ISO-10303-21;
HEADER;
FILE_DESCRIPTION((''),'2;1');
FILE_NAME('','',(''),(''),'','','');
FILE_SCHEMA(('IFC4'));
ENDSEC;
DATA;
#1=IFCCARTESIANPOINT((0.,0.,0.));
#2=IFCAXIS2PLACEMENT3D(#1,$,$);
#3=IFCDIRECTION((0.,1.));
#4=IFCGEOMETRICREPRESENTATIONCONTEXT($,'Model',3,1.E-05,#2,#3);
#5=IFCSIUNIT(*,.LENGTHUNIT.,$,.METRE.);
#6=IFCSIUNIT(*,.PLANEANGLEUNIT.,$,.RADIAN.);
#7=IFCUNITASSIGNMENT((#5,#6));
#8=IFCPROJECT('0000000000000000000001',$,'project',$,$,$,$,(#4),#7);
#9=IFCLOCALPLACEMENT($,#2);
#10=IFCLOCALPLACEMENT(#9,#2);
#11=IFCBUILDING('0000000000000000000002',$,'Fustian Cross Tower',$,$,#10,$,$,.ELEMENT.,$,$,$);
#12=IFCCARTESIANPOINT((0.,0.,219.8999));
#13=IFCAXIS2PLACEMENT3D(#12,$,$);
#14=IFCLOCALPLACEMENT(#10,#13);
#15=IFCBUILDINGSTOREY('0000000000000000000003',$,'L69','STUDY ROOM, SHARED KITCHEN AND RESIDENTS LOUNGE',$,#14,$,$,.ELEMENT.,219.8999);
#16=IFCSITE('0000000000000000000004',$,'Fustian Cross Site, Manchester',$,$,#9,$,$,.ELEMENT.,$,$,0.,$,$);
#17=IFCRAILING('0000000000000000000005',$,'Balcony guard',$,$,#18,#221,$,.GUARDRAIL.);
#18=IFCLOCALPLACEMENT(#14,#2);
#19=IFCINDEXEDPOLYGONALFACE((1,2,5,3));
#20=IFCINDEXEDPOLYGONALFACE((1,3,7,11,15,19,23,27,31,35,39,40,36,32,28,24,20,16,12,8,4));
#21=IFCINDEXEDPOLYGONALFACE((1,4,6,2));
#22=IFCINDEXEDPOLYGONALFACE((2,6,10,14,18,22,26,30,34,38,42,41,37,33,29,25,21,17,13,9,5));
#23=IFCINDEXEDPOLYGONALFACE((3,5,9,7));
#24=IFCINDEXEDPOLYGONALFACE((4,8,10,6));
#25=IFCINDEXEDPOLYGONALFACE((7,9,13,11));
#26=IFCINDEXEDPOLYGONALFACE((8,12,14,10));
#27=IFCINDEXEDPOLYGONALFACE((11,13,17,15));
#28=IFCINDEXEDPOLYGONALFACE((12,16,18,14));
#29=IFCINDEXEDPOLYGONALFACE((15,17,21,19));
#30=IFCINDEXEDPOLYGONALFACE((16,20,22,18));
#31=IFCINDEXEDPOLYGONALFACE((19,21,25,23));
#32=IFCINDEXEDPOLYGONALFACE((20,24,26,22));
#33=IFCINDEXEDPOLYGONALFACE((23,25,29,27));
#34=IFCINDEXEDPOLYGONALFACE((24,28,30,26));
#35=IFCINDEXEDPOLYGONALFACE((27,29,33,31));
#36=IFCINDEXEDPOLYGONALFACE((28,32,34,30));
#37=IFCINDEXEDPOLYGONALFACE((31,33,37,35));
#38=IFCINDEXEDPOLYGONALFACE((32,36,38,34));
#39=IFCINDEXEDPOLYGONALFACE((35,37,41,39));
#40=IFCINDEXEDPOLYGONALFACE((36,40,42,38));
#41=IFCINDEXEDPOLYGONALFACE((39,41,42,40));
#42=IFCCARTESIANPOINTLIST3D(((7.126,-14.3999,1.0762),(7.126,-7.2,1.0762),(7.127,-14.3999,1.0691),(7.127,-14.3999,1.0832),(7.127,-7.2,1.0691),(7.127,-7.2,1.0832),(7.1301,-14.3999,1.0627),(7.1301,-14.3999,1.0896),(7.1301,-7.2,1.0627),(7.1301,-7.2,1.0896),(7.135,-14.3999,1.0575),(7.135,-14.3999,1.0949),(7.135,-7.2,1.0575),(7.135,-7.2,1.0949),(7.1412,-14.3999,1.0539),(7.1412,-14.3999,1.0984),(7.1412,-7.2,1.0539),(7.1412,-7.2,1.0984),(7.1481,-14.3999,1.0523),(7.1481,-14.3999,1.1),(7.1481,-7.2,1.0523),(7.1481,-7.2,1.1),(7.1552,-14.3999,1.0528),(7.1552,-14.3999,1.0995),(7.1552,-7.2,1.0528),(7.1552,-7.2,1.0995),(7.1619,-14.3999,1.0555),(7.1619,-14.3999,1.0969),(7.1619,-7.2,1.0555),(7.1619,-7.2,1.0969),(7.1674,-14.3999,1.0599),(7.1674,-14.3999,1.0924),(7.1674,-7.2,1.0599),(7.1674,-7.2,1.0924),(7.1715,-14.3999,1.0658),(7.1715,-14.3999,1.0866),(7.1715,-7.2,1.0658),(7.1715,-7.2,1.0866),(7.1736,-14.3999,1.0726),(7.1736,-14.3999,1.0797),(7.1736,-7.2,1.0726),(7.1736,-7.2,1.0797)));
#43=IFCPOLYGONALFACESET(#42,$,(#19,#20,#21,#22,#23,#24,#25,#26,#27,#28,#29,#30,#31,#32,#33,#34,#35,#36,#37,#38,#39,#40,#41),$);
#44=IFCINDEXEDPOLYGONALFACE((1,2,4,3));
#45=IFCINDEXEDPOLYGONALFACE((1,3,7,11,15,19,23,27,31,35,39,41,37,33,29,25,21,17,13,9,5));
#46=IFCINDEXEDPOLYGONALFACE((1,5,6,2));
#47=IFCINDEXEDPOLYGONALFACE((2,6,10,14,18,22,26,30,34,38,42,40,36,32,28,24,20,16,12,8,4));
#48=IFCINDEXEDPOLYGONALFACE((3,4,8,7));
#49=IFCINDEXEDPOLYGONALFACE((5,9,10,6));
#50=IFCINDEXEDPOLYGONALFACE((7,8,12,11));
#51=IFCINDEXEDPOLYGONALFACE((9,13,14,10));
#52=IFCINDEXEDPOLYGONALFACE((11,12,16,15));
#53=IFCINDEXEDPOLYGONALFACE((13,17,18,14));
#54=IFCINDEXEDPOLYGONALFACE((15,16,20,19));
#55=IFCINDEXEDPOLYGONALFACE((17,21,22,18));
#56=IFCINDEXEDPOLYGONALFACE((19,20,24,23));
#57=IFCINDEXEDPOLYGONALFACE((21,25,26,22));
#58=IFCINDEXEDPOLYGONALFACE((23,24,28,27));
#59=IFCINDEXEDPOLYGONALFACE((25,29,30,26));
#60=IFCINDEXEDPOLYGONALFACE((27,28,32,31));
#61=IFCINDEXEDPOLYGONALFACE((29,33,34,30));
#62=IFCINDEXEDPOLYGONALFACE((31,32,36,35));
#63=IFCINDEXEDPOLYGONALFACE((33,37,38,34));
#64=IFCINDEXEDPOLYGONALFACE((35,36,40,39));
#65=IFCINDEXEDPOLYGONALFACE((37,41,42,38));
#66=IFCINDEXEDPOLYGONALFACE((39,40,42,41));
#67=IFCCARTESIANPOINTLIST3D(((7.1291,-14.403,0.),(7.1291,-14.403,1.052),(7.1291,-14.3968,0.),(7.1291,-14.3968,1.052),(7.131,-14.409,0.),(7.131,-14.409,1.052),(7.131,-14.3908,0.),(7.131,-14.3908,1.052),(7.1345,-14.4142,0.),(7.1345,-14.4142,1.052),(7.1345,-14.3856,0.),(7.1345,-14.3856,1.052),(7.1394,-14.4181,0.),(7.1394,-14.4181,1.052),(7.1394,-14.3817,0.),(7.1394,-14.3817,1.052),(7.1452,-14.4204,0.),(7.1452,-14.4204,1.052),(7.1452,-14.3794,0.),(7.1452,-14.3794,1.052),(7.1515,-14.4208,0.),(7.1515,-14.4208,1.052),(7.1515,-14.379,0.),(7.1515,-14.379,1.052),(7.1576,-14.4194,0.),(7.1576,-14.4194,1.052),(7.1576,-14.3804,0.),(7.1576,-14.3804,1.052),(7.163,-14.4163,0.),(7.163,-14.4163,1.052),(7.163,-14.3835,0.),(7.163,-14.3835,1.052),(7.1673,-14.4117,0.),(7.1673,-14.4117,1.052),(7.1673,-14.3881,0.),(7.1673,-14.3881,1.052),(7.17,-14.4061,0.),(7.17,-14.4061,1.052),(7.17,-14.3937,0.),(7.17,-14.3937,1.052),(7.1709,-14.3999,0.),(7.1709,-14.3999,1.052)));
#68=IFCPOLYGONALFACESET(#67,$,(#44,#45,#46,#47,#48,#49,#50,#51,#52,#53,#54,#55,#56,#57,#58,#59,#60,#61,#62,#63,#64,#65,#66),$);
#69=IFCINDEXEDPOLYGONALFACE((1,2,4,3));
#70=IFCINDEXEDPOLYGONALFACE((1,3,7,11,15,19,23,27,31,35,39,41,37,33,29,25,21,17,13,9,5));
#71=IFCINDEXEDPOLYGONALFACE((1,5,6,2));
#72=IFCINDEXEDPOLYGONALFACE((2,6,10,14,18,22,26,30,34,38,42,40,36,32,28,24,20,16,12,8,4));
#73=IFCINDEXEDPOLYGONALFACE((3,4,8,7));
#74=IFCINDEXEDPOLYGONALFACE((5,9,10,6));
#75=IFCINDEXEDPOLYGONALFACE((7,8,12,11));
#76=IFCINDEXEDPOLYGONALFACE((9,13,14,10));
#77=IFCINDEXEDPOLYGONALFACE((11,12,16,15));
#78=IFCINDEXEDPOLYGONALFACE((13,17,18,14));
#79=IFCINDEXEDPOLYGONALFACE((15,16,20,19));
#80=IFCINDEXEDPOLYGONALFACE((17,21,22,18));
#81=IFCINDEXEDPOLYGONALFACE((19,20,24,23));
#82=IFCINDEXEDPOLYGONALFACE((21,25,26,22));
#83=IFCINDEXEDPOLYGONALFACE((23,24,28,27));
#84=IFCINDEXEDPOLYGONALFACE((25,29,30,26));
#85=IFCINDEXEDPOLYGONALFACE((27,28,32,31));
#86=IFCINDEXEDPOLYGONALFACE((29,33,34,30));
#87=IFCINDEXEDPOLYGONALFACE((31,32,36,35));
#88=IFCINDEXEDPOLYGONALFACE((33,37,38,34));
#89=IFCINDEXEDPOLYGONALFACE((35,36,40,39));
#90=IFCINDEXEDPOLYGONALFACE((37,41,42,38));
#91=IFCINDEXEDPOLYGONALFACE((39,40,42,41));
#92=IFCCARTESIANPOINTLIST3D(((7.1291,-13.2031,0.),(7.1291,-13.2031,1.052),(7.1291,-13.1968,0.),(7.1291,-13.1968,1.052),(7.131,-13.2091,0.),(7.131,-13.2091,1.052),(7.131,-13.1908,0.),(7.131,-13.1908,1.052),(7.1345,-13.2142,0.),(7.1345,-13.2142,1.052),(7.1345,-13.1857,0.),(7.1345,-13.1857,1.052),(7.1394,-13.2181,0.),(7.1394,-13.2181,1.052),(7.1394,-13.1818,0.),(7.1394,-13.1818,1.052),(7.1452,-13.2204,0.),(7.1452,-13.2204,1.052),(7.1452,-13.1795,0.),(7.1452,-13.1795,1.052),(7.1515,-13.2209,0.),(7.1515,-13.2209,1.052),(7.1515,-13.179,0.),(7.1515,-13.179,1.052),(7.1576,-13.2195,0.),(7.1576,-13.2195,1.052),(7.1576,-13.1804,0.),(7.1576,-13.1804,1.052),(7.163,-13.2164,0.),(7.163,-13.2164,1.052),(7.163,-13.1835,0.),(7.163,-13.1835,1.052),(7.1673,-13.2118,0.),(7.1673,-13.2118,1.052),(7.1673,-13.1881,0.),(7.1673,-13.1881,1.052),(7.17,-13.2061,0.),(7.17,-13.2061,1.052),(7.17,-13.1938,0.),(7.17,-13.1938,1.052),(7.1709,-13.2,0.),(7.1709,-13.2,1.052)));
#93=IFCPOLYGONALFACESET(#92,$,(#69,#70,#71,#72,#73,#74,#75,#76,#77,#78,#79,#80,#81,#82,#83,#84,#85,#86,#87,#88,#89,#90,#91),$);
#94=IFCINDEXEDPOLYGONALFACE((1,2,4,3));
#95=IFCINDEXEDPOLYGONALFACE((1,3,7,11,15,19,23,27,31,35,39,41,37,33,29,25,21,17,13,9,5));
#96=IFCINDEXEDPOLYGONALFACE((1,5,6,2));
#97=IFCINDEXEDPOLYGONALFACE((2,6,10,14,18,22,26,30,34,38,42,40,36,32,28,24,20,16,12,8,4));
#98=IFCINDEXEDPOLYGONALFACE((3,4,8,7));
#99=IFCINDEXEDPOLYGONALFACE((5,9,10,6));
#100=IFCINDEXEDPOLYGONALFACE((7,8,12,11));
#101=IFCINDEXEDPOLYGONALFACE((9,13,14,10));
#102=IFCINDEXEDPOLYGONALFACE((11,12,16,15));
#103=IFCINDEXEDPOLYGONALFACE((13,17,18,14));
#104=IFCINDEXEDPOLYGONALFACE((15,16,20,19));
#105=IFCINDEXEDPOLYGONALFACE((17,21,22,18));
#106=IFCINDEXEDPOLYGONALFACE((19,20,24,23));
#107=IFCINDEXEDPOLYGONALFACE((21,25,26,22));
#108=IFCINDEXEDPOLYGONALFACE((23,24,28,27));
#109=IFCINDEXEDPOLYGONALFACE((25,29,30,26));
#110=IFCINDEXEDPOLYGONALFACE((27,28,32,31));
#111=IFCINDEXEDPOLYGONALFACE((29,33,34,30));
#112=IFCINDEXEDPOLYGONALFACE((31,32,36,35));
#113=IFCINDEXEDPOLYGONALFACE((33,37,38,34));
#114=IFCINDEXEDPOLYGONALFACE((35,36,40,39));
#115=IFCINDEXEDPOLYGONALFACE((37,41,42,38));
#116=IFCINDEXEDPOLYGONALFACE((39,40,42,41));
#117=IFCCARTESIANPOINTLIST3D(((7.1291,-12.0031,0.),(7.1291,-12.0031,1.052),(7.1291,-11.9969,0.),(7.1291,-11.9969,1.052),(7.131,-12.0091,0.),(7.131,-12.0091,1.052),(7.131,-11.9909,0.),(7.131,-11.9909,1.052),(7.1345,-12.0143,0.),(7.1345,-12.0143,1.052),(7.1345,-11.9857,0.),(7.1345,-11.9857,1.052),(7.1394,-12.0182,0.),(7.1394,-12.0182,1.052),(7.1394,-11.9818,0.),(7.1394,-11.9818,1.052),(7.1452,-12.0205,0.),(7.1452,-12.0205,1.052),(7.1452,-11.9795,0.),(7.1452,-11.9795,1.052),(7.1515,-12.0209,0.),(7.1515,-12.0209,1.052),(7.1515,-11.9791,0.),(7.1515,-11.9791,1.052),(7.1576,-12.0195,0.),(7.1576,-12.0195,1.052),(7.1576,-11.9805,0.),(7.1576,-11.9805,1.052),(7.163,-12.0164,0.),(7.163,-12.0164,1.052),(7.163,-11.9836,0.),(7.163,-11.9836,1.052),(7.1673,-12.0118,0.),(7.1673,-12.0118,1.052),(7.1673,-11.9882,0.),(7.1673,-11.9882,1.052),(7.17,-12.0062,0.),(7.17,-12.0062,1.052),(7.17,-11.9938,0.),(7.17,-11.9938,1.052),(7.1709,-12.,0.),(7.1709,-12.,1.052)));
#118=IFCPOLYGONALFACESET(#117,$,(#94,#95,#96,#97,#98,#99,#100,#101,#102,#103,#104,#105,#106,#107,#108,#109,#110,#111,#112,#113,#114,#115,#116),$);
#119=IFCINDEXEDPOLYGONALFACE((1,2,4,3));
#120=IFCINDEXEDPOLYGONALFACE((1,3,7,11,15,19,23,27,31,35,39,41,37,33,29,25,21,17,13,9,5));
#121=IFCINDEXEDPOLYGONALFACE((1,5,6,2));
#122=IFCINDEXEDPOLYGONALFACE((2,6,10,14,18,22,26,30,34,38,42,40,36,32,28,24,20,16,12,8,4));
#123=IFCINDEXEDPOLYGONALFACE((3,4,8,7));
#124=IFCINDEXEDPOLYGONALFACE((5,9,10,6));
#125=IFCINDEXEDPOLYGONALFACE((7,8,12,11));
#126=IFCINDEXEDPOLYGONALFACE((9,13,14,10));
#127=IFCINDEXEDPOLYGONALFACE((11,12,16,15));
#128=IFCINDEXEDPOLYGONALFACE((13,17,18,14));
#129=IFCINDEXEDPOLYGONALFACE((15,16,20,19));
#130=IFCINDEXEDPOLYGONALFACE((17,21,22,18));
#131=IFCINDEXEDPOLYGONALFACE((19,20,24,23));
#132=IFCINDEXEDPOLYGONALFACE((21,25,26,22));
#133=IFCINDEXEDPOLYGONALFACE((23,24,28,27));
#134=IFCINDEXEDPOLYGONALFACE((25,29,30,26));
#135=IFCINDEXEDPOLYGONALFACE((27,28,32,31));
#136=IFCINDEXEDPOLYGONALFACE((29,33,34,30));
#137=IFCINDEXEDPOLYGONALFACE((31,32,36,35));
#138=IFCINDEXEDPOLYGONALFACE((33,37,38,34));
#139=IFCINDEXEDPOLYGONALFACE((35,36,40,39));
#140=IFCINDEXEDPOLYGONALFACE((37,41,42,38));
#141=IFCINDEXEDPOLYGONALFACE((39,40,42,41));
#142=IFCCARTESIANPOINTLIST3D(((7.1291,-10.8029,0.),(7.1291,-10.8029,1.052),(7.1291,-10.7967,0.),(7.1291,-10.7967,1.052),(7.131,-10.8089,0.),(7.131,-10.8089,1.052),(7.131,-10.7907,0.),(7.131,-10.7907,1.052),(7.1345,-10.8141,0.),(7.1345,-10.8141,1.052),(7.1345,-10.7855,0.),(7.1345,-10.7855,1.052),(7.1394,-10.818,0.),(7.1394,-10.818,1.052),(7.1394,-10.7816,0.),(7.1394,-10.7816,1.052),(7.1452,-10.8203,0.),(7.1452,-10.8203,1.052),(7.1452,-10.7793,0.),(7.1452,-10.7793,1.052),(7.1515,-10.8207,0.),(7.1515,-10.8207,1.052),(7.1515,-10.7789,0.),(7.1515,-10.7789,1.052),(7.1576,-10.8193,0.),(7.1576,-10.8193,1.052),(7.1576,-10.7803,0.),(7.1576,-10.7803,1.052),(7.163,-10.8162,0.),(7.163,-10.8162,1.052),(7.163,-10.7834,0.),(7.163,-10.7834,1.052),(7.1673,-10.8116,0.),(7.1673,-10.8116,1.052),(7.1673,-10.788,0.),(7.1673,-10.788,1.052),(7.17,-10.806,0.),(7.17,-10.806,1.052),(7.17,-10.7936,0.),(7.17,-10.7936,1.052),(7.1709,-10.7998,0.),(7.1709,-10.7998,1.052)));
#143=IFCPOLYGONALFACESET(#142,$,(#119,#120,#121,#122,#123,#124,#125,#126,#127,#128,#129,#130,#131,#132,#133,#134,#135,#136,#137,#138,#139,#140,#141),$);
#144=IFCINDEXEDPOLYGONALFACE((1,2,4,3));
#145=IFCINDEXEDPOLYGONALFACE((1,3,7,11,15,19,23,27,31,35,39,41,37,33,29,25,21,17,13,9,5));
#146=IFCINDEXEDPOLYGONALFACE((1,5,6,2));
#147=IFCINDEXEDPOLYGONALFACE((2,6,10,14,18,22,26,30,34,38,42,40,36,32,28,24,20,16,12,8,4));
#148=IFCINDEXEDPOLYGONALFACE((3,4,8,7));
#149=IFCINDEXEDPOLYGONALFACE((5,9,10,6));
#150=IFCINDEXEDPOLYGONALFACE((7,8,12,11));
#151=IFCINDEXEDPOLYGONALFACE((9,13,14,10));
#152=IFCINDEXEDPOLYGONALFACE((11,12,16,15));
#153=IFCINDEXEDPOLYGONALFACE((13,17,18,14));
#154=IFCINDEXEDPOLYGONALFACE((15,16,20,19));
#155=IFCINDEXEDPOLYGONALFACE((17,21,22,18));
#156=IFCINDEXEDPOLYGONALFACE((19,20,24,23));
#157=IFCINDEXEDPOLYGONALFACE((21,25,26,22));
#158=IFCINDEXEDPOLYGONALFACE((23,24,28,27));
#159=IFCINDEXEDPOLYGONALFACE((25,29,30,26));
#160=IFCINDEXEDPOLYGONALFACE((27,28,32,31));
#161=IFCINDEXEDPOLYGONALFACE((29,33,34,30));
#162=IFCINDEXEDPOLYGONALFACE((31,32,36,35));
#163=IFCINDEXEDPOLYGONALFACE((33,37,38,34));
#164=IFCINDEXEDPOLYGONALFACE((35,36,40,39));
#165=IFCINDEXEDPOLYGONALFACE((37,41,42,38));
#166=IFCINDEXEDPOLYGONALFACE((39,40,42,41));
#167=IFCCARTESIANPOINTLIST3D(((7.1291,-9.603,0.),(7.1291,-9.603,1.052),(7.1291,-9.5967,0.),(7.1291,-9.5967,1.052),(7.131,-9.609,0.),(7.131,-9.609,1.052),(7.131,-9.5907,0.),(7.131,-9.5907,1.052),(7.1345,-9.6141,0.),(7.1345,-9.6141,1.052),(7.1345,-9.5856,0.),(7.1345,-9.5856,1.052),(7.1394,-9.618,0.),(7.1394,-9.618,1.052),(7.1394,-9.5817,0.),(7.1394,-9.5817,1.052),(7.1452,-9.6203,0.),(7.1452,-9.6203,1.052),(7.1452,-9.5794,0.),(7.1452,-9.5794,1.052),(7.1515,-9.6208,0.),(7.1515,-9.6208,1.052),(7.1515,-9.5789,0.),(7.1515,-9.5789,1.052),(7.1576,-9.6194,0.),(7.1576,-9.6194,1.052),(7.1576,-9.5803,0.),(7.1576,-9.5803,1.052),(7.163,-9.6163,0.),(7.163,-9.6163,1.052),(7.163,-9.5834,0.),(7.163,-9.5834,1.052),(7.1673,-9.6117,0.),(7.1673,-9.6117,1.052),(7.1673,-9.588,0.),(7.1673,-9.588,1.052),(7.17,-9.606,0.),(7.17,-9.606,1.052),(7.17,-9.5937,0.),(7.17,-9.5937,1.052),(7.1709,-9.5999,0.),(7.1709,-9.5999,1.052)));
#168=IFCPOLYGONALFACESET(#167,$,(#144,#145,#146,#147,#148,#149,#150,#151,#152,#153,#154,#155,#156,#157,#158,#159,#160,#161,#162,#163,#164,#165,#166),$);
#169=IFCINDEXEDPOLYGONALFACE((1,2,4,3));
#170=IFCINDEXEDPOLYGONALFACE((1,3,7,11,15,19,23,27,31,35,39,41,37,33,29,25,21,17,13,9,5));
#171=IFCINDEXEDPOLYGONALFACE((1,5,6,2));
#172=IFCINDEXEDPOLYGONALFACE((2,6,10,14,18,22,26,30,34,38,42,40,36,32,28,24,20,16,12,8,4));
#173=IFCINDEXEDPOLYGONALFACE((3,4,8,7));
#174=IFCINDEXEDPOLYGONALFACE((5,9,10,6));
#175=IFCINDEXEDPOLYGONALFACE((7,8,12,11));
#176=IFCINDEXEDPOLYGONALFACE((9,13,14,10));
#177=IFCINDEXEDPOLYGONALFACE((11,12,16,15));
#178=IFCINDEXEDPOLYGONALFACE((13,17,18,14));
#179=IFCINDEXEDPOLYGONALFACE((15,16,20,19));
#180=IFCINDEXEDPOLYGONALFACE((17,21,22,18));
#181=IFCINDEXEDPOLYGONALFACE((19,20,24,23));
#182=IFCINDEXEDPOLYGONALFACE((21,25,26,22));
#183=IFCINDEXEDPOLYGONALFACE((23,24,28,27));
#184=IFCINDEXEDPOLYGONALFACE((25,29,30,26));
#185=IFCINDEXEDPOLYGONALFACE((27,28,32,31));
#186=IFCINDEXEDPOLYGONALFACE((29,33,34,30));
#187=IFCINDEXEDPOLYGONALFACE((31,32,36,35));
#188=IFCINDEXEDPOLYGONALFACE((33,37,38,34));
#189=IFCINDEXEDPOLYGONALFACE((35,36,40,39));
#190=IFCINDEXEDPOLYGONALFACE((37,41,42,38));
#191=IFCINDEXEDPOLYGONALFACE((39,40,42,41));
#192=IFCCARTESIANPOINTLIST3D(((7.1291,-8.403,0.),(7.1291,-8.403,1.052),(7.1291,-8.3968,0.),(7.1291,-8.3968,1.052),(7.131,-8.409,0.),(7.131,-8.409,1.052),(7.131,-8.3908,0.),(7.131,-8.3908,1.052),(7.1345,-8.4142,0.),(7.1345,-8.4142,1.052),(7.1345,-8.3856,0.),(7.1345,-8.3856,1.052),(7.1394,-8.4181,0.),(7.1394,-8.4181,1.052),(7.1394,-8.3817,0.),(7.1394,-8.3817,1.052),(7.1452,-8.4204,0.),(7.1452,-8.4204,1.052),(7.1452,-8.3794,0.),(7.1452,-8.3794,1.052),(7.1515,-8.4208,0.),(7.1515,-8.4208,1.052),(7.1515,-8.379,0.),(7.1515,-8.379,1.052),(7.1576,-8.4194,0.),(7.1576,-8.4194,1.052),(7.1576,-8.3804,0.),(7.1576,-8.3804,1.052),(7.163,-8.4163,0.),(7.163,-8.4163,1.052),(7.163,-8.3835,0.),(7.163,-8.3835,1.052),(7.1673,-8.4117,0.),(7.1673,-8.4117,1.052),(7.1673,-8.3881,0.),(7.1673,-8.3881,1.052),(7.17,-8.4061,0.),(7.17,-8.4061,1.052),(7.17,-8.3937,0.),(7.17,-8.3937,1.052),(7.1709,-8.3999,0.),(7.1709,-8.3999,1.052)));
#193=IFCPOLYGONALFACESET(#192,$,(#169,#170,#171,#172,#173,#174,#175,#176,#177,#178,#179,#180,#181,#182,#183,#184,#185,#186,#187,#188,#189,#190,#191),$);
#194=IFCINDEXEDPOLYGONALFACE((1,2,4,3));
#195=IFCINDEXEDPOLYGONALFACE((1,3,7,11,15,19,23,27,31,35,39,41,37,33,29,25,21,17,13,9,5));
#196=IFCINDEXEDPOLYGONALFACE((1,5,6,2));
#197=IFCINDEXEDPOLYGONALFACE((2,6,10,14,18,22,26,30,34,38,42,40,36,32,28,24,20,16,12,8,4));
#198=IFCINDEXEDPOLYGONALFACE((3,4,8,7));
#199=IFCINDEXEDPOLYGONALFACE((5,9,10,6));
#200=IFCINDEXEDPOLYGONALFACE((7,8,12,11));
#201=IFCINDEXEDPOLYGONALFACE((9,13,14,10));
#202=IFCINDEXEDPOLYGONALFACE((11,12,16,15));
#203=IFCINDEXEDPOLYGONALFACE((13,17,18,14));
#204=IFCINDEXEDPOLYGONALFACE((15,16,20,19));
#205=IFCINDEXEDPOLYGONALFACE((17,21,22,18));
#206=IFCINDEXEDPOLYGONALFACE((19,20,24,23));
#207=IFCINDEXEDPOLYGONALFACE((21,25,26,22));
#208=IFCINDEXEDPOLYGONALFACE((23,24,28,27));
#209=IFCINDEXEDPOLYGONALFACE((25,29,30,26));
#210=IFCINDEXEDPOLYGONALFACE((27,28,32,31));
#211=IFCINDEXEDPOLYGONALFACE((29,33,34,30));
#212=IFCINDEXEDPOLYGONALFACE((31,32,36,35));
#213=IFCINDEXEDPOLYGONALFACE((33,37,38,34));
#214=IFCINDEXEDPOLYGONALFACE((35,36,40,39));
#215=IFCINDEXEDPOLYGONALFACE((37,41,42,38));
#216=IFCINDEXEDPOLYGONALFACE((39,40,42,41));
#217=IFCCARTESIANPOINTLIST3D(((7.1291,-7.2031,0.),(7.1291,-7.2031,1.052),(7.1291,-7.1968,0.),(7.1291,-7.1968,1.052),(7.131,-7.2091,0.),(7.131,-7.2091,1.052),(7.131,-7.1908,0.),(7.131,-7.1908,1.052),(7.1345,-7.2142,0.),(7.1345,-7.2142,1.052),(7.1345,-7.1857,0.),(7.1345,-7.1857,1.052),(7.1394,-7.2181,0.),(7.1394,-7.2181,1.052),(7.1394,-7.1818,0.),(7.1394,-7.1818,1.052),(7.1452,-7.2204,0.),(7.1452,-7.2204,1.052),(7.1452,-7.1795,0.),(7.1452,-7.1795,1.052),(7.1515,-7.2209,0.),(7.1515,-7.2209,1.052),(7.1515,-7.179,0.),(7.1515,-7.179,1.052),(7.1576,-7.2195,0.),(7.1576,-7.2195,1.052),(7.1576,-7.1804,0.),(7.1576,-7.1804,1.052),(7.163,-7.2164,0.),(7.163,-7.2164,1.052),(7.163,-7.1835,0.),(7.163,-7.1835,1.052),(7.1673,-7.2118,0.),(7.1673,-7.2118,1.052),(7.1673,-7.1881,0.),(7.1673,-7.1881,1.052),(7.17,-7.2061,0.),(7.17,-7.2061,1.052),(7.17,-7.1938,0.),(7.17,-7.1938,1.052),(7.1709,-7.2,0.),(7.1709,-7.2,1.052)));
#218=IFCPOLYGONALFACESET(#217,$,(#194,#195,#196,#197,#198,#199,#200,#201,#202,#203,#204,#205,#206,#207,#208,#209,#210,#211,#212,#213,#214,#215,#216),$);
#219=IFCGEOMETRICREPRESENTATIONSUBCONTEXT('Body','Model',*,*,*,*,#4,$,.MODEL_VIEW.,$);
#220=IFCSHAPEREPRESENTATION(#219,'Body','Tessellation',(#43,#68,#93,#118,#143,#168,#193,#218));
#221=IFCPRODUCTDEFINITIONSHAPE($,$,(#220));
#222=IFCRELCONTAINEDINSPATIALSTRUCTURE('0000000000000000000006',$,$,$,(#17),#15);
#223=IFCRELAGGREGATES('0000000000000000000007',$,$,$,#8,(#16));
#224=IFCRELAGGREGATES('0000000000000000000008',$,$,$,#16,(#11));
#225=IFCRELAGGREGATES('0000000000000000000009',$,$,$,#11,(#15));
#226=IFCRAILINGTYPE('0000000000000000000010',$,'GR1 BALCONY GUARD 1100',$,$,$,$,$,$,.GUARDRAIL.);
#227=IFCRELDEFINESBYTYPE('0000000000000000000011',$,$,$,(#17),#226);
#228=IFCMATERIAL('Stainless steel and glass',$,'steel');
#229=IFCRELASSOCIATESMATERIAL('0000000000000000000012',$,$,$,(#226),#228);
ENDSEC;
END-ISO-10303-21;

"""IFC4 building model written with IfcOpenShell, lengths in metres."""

from ifc_helpers import new_model, si_unit, direction, frame, origin, origin_2d, place, context, subcontext, project, spatial, circle, extrude, material, type_object, element, save


model = new_model("IFC4")

# Units and contexts
model_context = context("Model", 3, precision=1e-05, world=origin(), true_north=direction((0.0, 1.0)))
body_context = subcontext(model_context, "Body", "Model", "MODEL_VIEW")
ifc_project = project(units=[si_unit("LENGTHUNIT", "METRE"), si_unit("PLANEANGLEUNIT", "RADIAN")], contexts=[model_context])

# Site, building, storey
site_placement = place(None, origin())
site = spatial("IfcSite", under=ifc_project, at=site_placement, Name="Fustian Cross Site, Manchester", CompositionType="ELEMENT", RefElevation=0.0)
building_placement = place(site_placement, origin())
building = spatial("IfcBuilding", under=site, at=building_placement, Name="Fustian Cross Tower", CompositionType="ELEMENT")
storey_placement = place(building_placement, frame((0.0, 0.0, 219.8999)))
storey = spatial("IfcBuildingStorey", under=building, at=storey_placement, Name="L69", Description="STUDY ROOM, SHARED KITCHEN AND RESIDENTS LOUNGE", CompositionType="ELEMENT", Elevation=219.8999)

# Railing
ifc_material_1 = material(Name="Stainless steel and glass", Category="steel")
railing_type_1 = type_object("IfcRailingType", Name="GR1 BALCONY GUARD 1100", PredefinedType="GUARDRAIL", material=ifc_material_1)
railing_1_placement = place(storey_placement, frame((7.1499, -14.3999, 0.0)))
element("IfcRailing", 1, at=railing_1_placement, inside=storey, type_object=railing_type_1, Name="Balcony guard", PredefinedType="GUARDRAIL", context=body_context, shape_type="SweptSolid", body=[
    extrude(circle(Radius=0.0239, at=origin_2d()), frame((0.0, 0.0, 1.0762), z_axis=(0.0, 1.0, 0.0), x_axis=(-1.0, 0.0, 0.0)), (0.0, 0.0, 1.0), 7.2),
    extrude(circle(Radius=0.021, at=origin_2d()), origin(), (0.0, 0.0, 1.0), 1.052),
    extrude(circle(Radius=0.021, at=origin_2d()), frame((0.0, 1.2, 0.0)), (0.0, 0.0, 1.0), 1.052),
    extrude(circle(Radius=0.021, at=origin_2d()), frame((0.0, 2.3999, 0.0)), (0.0, 0.0, 1.0), 1.052),
    extrude(circle(Radius=0.021, at=origin_2d()), frame((0.0, 3.6001, 0.0)), (0.0, 0.0, 1.0), 1.052),
    extrude(circle(Radius=0.021, at=origin_2d()), frame((0.0, 4.8, 0.0)), (0.0, 0.0, 1.0), 1.052),
    extrude(circle(Radius=0.021, at=origin_2d()), frame((0.0, 6.0, 0.0)), (0.0, 0.0, 1.0), 1.052),
    extrude(circle(Radius=0.021, at=origin_2d()), frame((0.0, 7.2, 0.0)), (0.0, 0.0, 1.0), 1.052),
])

save(model, "model.ifc")
